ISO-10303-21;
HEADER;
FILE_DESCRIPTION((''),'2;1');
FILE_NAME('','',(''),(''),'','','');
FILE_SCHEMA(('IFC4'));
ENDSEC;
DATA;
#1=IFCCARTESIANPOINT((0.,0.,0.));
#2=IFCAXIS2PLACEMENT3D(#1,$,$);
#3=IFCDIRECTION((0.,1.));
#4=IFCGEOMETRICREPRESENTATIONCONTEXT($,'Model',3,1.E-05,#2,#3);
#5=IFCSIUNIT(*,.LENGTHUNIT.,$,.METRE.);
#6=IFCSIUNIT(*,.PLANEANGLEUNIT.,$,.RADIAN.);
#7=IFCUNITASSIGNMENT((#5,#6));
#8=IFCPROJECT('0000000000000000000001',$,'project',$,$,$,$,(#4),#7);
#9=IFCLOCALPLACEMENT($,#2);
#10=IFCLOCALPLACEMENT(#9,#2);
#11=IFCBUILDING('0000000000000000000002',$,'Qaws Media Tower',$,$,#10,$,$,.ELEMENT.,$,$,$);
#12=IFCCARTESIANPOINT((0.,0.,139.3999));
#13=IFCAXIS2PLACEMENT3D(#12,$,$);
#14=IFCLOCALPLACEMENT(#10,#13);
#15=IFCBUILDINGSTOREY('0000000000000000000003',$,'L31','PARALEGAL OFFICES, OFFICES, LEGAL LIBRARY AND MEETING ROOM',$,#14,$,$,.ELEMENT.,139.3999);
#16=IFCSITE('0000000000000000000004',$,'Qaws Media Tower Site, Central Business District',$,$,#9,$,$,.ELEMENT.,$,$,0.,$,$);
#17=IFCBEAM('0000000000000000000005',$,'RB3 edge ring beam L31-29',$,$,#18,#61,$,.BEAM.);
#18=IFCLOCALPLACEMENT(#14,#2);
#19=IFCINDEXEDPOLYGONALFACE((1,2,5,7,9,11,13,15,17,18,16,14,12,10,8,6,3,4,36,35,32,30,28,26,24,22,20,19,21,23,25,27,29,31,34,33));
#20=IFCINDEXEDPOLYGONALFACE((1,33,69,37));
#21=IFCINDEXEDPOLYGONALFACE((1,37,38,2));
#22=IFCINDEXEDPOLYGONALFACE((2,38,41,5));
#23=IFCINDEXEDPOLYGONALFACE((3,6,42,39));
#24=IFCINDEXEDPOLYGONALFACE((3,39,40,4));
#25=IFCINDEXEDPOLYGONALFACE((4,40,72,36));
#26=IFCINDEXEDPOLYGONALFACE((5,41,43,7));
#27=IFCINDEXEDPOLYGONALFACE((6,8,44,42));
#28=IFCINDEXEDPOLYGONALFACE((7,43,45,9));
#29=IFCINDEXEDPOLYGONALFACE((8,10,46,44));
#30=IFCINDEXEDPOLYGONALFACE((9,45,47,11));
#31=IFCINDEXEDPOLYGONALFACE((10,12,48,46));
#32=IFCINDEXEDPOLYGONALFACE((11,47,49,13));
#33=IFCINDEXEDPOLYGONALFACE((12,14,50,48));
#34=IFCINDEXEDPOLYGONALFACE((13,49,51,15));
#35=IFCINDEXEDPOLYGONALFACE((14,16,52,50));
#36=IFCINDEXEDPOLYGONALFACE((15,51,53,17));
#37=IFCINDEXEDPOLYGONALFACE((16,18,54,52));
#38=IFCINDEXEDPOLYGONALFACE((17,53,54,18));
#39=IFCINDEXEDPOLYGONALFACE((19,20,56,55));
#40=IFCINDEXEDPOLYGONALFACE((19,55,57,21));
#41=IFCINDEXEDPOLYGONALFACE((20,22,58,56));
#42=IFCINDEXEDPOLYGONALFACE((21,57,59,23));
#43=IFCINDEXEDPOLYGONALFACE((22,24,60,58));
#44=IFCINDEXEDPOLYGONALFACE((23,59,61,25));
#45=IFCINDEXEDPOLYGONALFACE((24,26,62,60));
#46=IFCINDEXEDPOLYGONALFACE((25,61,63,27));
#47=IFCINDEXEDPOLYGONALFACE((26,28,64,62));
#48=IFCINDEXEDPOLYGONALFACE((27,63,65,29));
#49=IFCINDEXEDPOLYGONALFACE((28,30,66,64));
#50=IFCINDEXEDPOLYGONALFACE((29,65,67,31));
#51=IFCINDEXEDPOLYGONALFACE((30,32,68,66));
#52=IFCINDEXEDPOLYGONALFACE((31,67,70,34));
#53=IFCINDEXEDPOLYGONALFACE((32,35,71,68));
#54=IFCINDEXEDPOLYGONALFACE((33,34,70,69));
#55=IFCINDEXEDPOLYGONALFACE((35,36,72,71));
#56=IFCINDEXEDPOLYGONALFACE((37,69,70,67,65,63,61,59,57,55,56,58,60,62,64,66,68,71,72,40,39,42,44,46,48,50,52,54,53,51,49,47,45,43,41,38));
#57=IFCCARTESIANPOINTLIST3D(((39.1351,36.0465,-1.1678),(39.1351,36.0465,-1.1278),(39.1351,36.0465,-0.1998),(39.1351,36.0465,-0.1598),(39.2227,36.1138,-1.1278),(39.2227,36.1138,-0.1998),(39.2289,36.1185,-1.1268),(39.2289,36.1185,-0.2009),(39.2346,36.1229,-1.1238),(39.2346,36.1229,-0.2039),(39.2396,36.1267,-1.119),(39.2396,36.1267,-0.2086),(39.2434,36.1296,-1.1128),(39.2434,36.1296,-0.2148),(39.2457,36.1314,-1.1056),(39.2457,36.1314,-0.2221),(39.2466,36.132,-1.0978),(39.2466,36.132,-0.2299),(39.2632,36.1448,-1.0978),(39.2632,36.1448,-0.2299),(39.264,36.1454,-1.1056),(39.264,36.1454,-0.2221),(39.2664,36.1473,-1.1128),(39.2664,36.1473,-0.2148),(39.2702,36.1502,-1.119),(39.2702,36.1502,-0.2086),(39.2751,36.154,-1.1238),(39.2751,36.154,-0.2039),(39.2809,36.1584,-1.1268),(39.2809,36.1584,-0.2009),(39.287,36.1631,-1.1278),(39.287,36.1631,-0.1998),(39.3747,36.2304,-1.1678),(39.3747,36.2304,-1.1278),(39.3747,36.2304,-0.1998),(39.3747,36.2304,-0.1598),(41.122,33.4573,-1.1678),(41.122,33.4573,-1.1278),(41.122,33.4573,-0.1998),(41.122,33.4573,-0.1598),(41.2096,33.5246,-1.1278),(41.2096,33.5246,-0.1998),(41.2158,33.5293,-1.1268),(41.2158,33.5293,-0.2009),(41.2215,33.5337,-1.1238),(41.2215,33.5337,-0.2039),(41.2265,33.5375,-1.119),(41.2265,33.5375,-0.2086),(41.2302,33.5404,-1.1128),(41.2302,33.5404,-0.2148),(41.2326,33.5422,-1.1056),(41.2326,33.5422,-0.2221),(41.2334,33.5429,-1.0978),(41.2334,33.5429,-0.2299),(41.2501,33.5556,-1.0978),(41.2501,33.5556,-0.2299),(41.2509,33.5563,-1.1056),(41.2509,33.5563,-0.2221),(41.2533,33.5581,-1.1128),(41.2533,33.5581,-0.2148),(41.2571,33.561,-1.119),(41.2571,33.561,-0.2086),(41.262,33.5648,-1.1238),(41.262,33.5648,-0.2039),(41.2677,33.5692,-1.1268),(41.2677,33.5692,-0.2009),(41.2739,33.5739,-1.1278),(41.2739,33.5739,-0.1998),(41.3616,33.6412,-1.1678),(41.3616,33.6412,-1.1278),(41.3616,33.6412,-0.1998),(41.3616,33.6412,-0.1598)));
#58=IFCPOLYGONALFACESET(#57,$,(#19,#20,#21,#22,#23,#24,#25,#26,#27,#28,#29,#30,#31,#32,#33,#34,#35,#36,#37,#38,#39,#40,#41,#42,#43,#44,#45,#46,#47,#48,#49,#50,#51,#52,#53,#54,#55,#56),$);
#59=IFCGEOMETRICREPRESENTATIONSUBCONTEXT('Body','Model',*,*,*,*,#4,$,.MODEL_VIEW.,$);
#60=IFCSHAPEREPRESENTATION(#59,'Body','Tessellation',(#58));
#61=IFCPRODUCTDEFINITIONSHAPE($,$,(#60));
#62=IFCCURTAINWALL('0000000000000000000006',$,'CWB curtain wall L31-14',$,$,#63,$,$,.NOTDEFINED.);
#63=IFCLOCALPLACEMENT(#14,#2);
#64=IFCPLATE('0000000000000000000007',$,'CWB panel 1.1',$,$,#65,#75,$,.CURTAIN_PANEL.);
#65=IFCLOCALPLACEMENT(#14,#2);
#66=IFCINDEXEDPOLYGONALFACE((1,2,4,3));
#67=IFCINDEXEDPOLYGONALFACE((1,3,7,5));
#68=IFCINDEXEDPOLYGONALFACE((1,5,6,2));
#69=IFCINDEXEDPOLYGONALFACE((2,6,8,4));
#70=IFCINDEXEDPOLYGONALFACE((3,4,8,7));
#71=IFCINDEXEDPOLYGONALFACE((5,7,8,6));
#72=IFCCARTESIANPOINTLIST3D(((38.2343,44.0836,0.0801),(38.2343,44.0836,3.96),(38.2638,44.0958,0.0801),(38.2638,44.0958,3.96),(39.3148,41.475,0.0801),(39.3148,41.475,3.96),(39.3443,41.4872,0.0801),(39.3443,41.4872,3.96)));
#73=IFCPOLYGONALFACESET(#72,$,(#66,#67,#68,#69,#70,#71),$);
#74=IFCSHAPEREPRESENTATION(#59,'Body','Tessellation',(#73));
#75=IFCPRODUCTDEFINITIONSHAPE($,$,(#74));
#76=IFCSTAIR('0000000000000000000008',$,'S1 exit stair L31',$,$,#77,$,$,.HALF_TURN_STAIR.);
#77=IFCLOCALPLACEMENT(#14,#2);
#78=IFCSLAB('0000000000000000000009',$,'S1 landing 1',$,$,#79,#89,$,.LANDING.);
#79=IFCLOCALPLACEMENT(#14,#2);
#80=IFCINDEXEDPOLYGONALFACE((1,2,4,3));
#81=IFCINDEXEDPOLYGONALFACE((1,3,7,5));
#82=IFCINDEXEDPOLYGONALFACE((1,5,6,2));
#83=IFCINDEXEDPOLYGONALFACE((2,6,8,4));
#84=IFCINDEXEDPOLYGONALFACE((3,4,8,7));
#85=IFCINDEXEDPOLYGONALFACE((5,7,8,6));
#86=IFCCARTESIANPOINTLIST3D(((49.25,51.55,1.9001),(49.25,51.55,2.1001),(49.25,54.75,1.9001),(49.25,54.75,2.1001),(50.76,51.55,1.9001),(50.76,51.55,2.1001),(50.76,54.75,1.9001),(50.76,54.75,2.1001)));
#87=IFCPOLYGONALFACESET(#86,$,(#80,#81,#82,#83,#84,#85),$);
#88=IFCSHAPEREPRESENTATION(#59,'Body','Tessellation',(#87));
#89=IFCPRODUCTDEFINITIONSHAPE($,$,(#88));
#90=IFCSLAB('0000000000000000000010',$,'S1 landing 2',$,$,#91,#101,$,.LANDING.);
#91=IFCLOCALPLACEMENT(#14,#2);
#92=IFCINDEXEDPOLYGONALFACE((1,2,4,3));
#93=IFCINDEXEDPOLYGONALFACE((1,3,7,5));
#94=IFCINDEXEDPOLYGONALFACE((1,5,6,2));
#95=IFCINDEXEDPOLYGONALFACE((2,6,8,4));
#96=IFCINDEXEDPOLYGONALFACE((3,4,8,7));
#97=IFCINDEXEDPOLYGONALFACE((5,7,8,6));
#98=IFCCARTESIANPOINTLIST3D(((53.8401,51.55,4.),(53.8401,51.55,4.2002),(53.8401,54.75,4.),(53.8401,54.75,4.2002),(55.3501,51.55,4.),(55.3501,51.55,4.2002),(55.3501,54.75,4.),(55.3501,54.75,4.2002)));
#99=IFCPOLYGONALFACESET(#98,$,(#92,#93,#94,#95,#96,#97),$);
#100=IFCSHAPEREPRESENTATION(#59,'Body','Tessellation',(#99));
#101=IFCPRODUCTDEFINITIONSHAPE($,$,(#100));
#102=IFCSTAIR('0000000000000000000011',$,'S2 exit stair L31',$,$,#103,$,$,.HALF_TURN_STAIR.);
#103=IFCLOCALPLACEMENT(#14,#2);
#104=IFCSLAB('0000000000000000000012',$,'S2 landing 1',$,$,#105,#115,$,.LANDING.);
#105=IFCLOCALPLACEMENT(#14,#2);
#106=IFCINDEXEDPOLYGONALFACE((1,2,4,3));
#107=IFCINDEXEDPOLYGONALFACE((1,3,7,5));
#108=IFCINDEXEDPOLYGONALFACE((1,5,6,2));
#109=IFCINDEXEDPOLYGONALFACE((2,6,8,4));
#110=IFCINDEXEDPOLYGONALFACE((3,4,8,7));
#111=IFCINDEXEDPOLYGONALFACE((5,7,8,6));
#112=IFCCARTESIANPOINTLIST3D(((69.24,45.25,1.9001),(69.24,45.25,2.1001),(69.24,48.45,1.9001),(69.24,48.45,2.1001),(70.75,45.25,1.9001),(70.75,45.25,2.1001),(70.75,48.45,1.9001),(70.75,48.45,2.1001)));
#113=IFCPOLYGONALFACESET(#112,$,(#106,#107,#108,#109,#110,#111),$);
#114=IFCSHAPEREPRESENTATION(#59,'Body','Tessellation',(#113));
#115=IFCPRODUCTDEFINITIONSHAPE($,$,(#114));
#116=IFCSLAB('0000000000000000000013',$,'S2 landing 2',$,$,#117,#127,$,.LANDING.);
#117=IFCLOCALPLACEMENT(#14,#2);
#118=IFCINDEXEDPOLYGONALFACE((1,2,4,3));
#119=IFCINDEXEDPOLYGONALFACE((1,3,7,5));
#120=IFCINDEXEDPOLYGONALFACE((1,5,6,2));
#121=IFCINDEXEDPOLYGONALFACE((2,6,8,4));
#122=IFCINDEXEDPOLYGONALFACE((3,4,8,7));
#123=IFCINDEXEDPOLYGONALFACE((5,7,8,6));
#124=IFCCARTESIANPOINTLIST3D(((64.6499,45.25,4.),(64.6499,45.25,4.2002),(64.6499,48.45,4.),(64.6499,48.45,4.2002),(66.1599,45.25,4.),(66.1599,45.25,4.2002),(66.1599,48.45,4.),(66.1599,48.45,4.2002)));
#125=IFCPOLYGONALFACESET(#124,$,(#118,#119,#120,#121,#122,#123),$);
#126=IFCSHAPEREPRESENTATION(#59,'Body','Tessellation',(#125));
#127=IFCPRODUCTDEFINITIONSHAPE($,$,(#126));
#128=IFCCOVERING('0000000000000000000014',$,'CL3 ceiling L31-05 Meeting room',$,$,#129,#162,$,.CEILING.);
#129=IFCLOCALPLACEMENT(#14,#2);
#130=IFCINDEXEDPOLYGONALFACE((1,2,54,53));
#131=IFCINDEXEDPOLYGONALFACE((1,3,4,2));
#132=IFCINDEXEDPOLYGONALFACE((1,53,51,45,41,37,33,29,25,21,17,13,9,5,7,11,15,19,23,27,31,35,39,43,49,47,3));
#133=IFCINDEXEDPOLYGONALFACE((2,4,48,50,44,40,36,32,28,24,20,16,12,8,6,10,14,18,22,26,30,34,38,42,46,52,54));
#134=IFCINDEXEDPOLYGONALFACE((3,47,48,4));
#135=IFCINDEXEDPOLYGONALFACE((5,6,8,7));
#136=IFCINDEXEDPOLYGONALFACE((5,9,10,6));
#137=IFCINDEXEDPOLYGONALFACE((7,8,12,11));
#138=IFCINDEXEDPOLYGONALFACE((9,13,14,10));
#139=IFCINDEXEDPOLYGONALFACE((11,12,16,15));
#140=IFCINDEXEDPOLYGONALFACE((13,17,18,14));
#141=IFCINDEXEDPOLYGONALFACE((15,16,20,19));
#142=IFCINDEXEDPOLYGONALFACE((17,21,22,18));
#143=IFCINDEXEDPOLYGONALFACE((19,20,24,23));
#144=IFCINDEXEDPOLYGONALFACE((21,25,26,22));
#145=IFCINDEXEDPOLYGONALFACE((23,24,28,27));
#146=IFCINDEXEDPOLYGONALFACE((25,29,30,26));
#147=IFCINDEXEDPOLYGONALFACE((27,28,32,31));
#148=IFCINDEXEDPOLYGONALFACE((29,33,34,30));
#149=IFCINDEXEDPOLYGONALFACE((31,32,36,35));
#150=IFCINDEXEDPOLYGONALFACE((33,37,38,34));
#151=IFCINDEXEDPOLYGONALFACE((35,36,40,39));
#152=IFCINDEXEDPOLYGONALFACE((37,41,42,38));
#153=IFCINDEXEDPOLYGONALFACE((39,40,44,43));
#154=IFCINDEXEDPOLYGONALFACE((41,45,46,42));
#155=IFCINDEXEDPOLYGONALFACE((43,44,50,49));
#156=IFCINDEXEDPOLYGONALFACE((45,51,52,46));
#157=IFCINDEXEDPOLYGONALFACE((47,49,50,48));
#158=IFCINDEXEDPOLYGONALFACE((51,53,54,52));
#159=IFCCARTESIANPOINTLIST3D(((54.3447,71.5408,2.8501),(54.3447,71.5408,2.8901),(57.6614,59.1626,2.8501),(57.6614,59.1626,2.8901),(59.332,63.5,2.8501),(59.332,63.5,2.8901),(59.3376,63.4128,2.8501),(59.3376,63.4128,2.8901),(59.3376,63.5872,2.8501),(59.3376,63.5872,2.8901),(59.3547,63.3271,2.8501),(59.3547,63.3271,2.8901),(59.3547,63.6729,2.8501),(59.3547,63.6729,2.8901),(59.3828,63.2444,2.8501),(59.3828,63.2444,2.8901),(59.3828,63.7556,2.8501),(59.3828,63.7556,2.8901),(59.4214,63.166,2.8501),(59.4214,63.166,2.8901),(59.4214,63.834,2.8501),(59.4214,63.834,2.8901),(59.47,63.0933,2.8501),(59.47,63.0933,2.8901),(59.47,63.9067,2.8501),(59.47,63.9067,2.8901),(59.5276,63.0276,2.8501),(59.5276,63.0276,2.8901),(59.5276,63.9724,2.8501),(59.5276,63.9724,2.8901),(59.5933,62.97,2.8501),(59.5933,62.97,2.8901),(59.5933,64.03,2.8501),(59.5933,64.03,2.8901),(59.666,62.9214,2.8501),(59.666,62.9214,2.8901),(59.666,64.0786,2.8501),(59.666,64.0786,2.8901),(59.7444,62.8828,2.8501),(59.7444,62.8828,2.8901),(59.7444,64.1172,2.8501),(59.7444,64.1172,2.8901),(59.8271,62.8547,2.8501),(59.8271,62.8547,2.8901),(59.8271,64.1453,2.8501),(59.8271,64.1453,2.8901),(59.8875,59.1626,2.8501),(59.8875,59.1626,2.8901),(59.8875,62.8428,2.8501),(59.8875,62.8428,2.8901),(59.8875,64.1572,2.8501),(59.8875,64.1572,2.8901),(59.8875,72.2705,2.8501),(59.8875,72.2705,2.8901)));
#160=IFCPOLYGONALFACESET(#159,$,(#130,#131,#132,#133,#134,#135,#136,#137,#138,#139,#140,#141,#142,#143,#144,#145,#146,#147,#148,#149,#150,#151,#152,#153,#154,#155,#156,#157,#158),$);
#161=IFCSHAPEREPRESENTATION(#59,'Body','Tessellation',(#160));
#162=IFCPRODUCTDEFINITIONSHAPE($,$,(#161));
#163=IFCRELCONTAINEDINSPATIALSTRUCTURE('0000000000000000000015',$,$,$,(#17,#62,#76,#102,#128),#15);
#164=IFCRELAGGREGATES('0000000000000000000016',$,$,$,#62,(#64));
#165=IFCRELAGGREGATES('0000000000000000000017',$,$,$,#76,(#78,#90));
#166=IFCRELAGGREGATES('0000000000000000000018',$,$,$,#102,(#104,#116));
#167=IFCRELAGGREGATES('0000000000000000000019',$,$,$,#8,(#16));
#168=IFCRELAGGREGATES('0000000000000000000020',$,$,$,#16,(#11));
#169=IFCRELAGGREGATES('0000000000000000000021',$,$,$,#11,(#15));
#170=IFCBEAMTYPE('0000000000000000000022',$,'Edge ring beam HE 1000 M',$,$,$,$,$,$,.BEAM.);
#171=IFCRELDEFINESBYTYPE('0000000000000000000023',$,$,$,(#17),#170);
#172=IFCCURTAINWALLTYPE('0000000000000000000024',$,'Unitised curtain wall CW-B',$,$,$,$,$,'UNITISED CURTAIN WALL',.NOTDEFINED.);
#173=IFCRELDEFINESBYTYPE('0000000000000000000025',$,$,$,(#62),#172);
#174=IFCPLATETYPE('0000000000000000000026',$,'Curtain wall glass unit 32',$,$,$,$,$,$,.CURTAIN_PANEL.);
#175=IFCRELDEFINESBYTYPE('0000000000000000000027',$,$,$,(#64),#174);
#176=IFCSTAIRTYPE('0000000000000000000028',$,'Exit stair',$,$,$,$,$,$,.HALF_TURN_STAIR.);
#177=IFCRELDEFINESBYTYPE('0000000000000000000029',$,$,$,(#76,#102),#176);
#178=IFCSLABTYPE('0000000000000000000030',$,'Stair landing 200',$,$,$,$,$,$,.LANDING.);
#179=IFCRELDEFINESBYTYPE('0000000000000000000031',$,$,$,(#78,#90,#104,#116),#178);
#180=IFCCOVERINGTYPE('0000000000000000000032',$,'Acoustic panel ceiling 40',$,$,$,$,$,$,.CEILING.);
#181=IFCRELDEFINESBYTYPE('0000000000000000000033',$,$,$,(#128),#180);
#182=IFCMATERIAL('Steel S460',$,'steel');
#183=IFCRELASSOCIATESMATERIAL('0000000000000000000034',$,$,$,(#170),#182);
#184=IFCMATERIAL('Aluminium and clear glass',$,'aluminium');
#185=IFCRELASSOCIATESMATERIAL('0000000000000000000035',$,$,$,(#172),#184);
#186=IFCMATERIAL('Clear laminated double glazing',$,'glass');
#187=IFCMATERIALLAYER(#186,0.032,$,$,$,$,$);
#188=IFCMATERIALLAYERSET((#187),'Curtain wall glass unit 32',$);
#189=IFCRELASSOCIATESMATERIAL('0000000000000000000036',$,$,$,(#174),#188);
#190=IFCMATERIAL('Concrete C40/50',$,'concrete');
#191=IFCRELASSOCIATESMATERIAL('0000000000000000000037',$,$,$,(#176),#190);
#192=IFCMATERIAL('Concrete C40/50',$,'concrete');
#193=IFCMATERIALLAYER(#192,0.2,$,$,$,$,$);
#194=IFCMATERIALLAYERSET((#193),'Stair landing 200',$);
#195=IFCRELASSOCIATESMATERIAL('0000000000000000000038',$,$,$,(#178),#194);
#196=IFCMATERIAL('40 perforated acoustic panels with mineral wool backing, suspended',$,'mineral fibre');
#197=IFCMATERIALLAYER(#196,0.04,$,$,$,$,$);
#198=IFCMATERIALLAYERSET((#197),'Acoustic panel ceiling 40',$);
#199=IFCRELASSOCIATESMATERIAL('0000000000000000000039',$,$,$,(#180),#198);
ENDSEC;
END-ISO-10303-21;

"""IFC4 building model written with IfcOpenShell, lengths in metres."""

from ifc_helpers import new_model, si_unit, direction, frame, origin, origin_2d, place, context, subcontext, project, spatial, polyline, rectangle, i_section, outline, extrude, material, layer, layer_set, material_profile, profile_set, type_object, element, aggregate, save


model = new_model("IFC4")

# Units and contexts
model_context = context("Model", 3, precision=1e-05, world=origin(), true_north=direction((0.0, 1.0)))
body_context = subcontext(model_context, "Body", "Model", "MODEL_VIEW")
ifc_project = project(units=[si_unit("LENGTHUNIT", "METRE"), si_unit("PLANEANGLEUNIT", "RADIAN")], contexts=[model_context])

# Site, building, storey
site_placement = place(None, origin())
site = spatial("IfcSite", under=ifc_project, at=site_placement, Name="Qaws Media Tower Site, Central Business District", CompositionType="ELEMENT", RefElevation=0.0)
building_placement = place(site_placement, origin())
building = spatial("IfcBuilding", under=site, at=building_placement, Name="Qaws Media Tower", CompositionType="ELEMENT")
storey_placement = place(building_placement, frame((0.0, 0.0, 139.3999)))
storey = spatial("IfcBuildingStorey", under=building, at=storey_placement, Name="L31", Description="PARALEGAL OFFICES, OFFICES, LEGAL LIBRARY AND MEETING ROOM", CompositionType="ELEMENT", Elevation=139.3999)

# Beam
ifc_material_1 = material(Name="Steel S460", Category="steel")
ifc_material_profile_1 = material_profile(ifc_material_1, i_section(OverallWidth=0.302, OverallDepth=1.0081, WebThickness=0.021, FlangeThickness=0.04, FilletRadius=0.03, at=origin_2d()), Name="HE 1000 M")
ifc_profile_set_1 = profile_set([ifc_material_profile_1], Name="Steel S460")
beam_type = type_object("IfcBeamType", Name="Edge ring beam HE 1000 M", PredefinedType="BEAM", material=ifc_profile_set_1)
for number, where, z_axis, x_axis, name in (
    (1, (39.2549, 36.1384, -0.6638), (0.608785, -0.793335, 0.0), (0.793335, 0.608785, 0.0), "RB3 edge ring beam L31-29"),
):
    element("IfcBeam", number, at=place(storey_placement, frame(where, z_axis=z_axis, x_axis=x_axis)), inside=storey, type_object=beam_type, Name=name, PredefinedType="BEAM", context=body_context, shape_type="SweptSolid", body=[
        extrude(i_section(OverallWidth=0.302, OverallDepth=1.0081, WebThickness=0.021, FlangeThickness=0.04, FilletRadius=0.03, at=origin_2d()), origin(), (0.0, 0.0, 1.0), 3.2637),
    ])

# Curtain wall, plate
ifc_material_2 = material(Name="Aluminium and clear glass", Category="aluminium")
curtain_wall_type = type_object("IfcCurtainWallType", Name="Unitised curtain wall CW-B", ElementType="UNITISED CURTAIN WALL", PredefinedType="NOTDEFINED", material=ifc_material_2)
curtain_wall_placement = place(storey_placement, origin())
curtain_wall = element("IfcCurtainWall", 2, at=curtain_wall_placement, inside=storey, type_object=curtain_wall_type, Name="CWB curtain wall L31-14", PredefinedType="NOTDEFINED")
ifc_material_3 = material(Name="Clear laminated double glazing", Category="glass")
ifc_layer_1 = layer(ifc_material_3, 0.032)
ifc_layer_set_1 = layer_set([ifc_layer_1], Name="Curtain wall glass unit 32")
plate_type = type_object("IfcPlateType", Name="Curtain wall glass unit 32", PredefinedType="CURTAIN_PANEL", material=ifc_layer_set_1)
plate_placement = place(storey_placement, frame((38.7893, 42.7854, 0.0801), z_axis=(0.0, 0.0, 1.0), x_axis=(0.382683, -0.92388, 0.0)))
plate = element("IfcPlate", 3, at=plate_placement, type_object=plate_type, Name="CWB panel 1.1", PredefinedType="CURTAIN_PANEL", context=body_context, shape_type="SweptSolid", body=[
    extrude(rectangle(XDim=2.8235, YDim=0.032, at=origin_2d()), origin(), (0.0, 0.0, 1.0), 3.8799),
])
aggregate(curtain_wall, [plate])

# Stairs, slabs
ifc_material_4 = material(Name="Concrete C40/50", Category="concrete")
stair_type = type_object("IfcStairType", Name="Exit stair", PredefinedType="HALF_TURN_STAIR", material=ifc_material_4)
stair_1_placement = place(storey_placement, origin())
stair_1 = element("IfcStair", 4, at=stair_1_placement, inside=storey, type_object=stair_type, Name="S1 exit stair L31", PredefinedType="HALF_TURN_STAIR")
ifc_material_5 = material(Name="Concrete C40/50", Category="concrete")
ifc_layer_2 = layer(ifc_material_5, 0.2)
ifc_layer_set_2 = layer_set([ifc_layer_2], Name="Stair landing 200")
slab_type = type_object("IfcSlabType", Name="Stair landing 200", PredefinedType="LANDING", material=ifc_layer_set_2)
slab_1_placement = place(storey_placement, frame((0.0, 0.0, 1.9001)))
slab_1 = element("IfcSlab", 5, at=slab_1_placement, type_object=slab_type, Name="S1 landing 1", PredefinedType="LANDING", context=body_context, shape_type="SweptSolid", body=[
    extrude(outline(polyline([(49.25, 51.55), (50.76, 51.55), (50.76, 54.75), (49.25, 54.75), (49.25, 51.55)])), origin(), (0.0, 0.0, 1.0), 0.2),
])
slab_2_placement = place(storey_placement, frame((0.0, 0.0, 4.0)))
slab_2 = element("IfcSlab", 6, at=slab_2_placement, type_object=slab_type, Name="S1 landing 2", PredefinedType="LANDING", context=body_context, shape_type="SweptSolid", body=[
    extrude(outline(polyline([(53.8401, 51.55), (55.3501, 51.55), (55.3501, 54.75), (53.8401, 54.75), (53.8401, 51.55)])), origin(), (0.0, 0.0, 1.0), 0.2002),
])
aggregate(stair_1, [slab_1, slab_2])
stair_2_placement = place(storey_placement, origin())
stair_2 = element("IfcStair", 7, at=stair_2_placement, inside=storey, type_object=stair_type, Name="S2 exit stair L31", PredefinedType="HALF_TURN_STAIR")
slab_3_placement = place(storey_placement, frame((0.0, 0.0, 1.9001)))
slab_3 = element("IfcSlab", 8, at=slab_3_placement, type_object=slab_type, Name="S2 landing 1", PredefinedType="LANDING", context=body_context, shape_type="SweptSolid", body=[
    extrude(outline(polyline([(69.24, 45.25), (70.75, 45.25), (70.75, 48.45), (69.24, 48.45), (69.24, 45.25)])), origin(), (0.0, 0.0, 1.0), 0.2),
])
slab_4_placement = place(storey_placement, frame((0.0, 0.0, 4.0)))
slab_4 = element("IfcSlab", 9, at=slab_4_placement, type_object=slab_type, Name="S2 landing 2", PredefinedType="LANDING", context=body_context, shape_type="SweptSolid", body=[
    extrude(outline(polyline([(64.6499, 45.25), (66.1599, 45.25), (66.1599, 48.45), (64.6499, 48.45), (64.6499, 45.25)])), origin(), (0.0, 0.0, 1.0), 0.2002),
])
aggregate(stair_2, [slab_3, slab_4])

# Covering
ifc_material_6 = material(Name="40 perforated acoustic panels with mineral wool backing, suspended", Category="mineral fibre")
ifc_layer_3 = layer(ifc_material_6, 0.04)
ifc_layer_set_3 = layer_set([ifc_layer_3], Name="Acoustic panel ceiling 40")
covering_type_1 = type_object("IfcCoveringType", Name="Acoustic panel ceiling 40", PredefinedType="CEILING", material=ifc_layer_set_3)
covering_1_placement = place(storey_placement, frame((0.0, 0.0, 2.8501)))
element("IfcCovering", 10, at=covering_1_placement, inside=storey, type_object=covering_type_1, Name="CL3 ceiling L31-05 Meeting room", PredefinedType="CEILING", context=body_context, shape_type="SweptSolid", body=[
    extrude(outline(polyline([(59.8875, 72.2705), (59.8875, 64.1572), (59.8271, 64.1453), (59.7444, 64.1172), (59.666, 64.0786), (59.5933, 64.03), (59.5276, 63.9724), (59.47, 63.9067), (59.4214, 63.834), (59.3828, 63.7556), (59.3547, 63.6729), (59.3376, 63.5872), (59.332, 63.5), (59.3376, 63.4128), (59.3547, 63.3271), (59.3828, 63.2444), (59.4214, 63.166), (59.47, 63.0933), (59.5276, 63.0276), (59.5933, 62.97), (59.666, 62.9214), (59.7444, 62.8828), (59.8271, 62.8547), (59.8875, 62.8428), (59.8875, 59.1626), (57.6614, 59.1626), (54.3447, 71.5408), (59.8875, 72.2705)])), origin(), (0.0, 0.0, 1.0), 0.04),
])

save(model, "model.ifc")
